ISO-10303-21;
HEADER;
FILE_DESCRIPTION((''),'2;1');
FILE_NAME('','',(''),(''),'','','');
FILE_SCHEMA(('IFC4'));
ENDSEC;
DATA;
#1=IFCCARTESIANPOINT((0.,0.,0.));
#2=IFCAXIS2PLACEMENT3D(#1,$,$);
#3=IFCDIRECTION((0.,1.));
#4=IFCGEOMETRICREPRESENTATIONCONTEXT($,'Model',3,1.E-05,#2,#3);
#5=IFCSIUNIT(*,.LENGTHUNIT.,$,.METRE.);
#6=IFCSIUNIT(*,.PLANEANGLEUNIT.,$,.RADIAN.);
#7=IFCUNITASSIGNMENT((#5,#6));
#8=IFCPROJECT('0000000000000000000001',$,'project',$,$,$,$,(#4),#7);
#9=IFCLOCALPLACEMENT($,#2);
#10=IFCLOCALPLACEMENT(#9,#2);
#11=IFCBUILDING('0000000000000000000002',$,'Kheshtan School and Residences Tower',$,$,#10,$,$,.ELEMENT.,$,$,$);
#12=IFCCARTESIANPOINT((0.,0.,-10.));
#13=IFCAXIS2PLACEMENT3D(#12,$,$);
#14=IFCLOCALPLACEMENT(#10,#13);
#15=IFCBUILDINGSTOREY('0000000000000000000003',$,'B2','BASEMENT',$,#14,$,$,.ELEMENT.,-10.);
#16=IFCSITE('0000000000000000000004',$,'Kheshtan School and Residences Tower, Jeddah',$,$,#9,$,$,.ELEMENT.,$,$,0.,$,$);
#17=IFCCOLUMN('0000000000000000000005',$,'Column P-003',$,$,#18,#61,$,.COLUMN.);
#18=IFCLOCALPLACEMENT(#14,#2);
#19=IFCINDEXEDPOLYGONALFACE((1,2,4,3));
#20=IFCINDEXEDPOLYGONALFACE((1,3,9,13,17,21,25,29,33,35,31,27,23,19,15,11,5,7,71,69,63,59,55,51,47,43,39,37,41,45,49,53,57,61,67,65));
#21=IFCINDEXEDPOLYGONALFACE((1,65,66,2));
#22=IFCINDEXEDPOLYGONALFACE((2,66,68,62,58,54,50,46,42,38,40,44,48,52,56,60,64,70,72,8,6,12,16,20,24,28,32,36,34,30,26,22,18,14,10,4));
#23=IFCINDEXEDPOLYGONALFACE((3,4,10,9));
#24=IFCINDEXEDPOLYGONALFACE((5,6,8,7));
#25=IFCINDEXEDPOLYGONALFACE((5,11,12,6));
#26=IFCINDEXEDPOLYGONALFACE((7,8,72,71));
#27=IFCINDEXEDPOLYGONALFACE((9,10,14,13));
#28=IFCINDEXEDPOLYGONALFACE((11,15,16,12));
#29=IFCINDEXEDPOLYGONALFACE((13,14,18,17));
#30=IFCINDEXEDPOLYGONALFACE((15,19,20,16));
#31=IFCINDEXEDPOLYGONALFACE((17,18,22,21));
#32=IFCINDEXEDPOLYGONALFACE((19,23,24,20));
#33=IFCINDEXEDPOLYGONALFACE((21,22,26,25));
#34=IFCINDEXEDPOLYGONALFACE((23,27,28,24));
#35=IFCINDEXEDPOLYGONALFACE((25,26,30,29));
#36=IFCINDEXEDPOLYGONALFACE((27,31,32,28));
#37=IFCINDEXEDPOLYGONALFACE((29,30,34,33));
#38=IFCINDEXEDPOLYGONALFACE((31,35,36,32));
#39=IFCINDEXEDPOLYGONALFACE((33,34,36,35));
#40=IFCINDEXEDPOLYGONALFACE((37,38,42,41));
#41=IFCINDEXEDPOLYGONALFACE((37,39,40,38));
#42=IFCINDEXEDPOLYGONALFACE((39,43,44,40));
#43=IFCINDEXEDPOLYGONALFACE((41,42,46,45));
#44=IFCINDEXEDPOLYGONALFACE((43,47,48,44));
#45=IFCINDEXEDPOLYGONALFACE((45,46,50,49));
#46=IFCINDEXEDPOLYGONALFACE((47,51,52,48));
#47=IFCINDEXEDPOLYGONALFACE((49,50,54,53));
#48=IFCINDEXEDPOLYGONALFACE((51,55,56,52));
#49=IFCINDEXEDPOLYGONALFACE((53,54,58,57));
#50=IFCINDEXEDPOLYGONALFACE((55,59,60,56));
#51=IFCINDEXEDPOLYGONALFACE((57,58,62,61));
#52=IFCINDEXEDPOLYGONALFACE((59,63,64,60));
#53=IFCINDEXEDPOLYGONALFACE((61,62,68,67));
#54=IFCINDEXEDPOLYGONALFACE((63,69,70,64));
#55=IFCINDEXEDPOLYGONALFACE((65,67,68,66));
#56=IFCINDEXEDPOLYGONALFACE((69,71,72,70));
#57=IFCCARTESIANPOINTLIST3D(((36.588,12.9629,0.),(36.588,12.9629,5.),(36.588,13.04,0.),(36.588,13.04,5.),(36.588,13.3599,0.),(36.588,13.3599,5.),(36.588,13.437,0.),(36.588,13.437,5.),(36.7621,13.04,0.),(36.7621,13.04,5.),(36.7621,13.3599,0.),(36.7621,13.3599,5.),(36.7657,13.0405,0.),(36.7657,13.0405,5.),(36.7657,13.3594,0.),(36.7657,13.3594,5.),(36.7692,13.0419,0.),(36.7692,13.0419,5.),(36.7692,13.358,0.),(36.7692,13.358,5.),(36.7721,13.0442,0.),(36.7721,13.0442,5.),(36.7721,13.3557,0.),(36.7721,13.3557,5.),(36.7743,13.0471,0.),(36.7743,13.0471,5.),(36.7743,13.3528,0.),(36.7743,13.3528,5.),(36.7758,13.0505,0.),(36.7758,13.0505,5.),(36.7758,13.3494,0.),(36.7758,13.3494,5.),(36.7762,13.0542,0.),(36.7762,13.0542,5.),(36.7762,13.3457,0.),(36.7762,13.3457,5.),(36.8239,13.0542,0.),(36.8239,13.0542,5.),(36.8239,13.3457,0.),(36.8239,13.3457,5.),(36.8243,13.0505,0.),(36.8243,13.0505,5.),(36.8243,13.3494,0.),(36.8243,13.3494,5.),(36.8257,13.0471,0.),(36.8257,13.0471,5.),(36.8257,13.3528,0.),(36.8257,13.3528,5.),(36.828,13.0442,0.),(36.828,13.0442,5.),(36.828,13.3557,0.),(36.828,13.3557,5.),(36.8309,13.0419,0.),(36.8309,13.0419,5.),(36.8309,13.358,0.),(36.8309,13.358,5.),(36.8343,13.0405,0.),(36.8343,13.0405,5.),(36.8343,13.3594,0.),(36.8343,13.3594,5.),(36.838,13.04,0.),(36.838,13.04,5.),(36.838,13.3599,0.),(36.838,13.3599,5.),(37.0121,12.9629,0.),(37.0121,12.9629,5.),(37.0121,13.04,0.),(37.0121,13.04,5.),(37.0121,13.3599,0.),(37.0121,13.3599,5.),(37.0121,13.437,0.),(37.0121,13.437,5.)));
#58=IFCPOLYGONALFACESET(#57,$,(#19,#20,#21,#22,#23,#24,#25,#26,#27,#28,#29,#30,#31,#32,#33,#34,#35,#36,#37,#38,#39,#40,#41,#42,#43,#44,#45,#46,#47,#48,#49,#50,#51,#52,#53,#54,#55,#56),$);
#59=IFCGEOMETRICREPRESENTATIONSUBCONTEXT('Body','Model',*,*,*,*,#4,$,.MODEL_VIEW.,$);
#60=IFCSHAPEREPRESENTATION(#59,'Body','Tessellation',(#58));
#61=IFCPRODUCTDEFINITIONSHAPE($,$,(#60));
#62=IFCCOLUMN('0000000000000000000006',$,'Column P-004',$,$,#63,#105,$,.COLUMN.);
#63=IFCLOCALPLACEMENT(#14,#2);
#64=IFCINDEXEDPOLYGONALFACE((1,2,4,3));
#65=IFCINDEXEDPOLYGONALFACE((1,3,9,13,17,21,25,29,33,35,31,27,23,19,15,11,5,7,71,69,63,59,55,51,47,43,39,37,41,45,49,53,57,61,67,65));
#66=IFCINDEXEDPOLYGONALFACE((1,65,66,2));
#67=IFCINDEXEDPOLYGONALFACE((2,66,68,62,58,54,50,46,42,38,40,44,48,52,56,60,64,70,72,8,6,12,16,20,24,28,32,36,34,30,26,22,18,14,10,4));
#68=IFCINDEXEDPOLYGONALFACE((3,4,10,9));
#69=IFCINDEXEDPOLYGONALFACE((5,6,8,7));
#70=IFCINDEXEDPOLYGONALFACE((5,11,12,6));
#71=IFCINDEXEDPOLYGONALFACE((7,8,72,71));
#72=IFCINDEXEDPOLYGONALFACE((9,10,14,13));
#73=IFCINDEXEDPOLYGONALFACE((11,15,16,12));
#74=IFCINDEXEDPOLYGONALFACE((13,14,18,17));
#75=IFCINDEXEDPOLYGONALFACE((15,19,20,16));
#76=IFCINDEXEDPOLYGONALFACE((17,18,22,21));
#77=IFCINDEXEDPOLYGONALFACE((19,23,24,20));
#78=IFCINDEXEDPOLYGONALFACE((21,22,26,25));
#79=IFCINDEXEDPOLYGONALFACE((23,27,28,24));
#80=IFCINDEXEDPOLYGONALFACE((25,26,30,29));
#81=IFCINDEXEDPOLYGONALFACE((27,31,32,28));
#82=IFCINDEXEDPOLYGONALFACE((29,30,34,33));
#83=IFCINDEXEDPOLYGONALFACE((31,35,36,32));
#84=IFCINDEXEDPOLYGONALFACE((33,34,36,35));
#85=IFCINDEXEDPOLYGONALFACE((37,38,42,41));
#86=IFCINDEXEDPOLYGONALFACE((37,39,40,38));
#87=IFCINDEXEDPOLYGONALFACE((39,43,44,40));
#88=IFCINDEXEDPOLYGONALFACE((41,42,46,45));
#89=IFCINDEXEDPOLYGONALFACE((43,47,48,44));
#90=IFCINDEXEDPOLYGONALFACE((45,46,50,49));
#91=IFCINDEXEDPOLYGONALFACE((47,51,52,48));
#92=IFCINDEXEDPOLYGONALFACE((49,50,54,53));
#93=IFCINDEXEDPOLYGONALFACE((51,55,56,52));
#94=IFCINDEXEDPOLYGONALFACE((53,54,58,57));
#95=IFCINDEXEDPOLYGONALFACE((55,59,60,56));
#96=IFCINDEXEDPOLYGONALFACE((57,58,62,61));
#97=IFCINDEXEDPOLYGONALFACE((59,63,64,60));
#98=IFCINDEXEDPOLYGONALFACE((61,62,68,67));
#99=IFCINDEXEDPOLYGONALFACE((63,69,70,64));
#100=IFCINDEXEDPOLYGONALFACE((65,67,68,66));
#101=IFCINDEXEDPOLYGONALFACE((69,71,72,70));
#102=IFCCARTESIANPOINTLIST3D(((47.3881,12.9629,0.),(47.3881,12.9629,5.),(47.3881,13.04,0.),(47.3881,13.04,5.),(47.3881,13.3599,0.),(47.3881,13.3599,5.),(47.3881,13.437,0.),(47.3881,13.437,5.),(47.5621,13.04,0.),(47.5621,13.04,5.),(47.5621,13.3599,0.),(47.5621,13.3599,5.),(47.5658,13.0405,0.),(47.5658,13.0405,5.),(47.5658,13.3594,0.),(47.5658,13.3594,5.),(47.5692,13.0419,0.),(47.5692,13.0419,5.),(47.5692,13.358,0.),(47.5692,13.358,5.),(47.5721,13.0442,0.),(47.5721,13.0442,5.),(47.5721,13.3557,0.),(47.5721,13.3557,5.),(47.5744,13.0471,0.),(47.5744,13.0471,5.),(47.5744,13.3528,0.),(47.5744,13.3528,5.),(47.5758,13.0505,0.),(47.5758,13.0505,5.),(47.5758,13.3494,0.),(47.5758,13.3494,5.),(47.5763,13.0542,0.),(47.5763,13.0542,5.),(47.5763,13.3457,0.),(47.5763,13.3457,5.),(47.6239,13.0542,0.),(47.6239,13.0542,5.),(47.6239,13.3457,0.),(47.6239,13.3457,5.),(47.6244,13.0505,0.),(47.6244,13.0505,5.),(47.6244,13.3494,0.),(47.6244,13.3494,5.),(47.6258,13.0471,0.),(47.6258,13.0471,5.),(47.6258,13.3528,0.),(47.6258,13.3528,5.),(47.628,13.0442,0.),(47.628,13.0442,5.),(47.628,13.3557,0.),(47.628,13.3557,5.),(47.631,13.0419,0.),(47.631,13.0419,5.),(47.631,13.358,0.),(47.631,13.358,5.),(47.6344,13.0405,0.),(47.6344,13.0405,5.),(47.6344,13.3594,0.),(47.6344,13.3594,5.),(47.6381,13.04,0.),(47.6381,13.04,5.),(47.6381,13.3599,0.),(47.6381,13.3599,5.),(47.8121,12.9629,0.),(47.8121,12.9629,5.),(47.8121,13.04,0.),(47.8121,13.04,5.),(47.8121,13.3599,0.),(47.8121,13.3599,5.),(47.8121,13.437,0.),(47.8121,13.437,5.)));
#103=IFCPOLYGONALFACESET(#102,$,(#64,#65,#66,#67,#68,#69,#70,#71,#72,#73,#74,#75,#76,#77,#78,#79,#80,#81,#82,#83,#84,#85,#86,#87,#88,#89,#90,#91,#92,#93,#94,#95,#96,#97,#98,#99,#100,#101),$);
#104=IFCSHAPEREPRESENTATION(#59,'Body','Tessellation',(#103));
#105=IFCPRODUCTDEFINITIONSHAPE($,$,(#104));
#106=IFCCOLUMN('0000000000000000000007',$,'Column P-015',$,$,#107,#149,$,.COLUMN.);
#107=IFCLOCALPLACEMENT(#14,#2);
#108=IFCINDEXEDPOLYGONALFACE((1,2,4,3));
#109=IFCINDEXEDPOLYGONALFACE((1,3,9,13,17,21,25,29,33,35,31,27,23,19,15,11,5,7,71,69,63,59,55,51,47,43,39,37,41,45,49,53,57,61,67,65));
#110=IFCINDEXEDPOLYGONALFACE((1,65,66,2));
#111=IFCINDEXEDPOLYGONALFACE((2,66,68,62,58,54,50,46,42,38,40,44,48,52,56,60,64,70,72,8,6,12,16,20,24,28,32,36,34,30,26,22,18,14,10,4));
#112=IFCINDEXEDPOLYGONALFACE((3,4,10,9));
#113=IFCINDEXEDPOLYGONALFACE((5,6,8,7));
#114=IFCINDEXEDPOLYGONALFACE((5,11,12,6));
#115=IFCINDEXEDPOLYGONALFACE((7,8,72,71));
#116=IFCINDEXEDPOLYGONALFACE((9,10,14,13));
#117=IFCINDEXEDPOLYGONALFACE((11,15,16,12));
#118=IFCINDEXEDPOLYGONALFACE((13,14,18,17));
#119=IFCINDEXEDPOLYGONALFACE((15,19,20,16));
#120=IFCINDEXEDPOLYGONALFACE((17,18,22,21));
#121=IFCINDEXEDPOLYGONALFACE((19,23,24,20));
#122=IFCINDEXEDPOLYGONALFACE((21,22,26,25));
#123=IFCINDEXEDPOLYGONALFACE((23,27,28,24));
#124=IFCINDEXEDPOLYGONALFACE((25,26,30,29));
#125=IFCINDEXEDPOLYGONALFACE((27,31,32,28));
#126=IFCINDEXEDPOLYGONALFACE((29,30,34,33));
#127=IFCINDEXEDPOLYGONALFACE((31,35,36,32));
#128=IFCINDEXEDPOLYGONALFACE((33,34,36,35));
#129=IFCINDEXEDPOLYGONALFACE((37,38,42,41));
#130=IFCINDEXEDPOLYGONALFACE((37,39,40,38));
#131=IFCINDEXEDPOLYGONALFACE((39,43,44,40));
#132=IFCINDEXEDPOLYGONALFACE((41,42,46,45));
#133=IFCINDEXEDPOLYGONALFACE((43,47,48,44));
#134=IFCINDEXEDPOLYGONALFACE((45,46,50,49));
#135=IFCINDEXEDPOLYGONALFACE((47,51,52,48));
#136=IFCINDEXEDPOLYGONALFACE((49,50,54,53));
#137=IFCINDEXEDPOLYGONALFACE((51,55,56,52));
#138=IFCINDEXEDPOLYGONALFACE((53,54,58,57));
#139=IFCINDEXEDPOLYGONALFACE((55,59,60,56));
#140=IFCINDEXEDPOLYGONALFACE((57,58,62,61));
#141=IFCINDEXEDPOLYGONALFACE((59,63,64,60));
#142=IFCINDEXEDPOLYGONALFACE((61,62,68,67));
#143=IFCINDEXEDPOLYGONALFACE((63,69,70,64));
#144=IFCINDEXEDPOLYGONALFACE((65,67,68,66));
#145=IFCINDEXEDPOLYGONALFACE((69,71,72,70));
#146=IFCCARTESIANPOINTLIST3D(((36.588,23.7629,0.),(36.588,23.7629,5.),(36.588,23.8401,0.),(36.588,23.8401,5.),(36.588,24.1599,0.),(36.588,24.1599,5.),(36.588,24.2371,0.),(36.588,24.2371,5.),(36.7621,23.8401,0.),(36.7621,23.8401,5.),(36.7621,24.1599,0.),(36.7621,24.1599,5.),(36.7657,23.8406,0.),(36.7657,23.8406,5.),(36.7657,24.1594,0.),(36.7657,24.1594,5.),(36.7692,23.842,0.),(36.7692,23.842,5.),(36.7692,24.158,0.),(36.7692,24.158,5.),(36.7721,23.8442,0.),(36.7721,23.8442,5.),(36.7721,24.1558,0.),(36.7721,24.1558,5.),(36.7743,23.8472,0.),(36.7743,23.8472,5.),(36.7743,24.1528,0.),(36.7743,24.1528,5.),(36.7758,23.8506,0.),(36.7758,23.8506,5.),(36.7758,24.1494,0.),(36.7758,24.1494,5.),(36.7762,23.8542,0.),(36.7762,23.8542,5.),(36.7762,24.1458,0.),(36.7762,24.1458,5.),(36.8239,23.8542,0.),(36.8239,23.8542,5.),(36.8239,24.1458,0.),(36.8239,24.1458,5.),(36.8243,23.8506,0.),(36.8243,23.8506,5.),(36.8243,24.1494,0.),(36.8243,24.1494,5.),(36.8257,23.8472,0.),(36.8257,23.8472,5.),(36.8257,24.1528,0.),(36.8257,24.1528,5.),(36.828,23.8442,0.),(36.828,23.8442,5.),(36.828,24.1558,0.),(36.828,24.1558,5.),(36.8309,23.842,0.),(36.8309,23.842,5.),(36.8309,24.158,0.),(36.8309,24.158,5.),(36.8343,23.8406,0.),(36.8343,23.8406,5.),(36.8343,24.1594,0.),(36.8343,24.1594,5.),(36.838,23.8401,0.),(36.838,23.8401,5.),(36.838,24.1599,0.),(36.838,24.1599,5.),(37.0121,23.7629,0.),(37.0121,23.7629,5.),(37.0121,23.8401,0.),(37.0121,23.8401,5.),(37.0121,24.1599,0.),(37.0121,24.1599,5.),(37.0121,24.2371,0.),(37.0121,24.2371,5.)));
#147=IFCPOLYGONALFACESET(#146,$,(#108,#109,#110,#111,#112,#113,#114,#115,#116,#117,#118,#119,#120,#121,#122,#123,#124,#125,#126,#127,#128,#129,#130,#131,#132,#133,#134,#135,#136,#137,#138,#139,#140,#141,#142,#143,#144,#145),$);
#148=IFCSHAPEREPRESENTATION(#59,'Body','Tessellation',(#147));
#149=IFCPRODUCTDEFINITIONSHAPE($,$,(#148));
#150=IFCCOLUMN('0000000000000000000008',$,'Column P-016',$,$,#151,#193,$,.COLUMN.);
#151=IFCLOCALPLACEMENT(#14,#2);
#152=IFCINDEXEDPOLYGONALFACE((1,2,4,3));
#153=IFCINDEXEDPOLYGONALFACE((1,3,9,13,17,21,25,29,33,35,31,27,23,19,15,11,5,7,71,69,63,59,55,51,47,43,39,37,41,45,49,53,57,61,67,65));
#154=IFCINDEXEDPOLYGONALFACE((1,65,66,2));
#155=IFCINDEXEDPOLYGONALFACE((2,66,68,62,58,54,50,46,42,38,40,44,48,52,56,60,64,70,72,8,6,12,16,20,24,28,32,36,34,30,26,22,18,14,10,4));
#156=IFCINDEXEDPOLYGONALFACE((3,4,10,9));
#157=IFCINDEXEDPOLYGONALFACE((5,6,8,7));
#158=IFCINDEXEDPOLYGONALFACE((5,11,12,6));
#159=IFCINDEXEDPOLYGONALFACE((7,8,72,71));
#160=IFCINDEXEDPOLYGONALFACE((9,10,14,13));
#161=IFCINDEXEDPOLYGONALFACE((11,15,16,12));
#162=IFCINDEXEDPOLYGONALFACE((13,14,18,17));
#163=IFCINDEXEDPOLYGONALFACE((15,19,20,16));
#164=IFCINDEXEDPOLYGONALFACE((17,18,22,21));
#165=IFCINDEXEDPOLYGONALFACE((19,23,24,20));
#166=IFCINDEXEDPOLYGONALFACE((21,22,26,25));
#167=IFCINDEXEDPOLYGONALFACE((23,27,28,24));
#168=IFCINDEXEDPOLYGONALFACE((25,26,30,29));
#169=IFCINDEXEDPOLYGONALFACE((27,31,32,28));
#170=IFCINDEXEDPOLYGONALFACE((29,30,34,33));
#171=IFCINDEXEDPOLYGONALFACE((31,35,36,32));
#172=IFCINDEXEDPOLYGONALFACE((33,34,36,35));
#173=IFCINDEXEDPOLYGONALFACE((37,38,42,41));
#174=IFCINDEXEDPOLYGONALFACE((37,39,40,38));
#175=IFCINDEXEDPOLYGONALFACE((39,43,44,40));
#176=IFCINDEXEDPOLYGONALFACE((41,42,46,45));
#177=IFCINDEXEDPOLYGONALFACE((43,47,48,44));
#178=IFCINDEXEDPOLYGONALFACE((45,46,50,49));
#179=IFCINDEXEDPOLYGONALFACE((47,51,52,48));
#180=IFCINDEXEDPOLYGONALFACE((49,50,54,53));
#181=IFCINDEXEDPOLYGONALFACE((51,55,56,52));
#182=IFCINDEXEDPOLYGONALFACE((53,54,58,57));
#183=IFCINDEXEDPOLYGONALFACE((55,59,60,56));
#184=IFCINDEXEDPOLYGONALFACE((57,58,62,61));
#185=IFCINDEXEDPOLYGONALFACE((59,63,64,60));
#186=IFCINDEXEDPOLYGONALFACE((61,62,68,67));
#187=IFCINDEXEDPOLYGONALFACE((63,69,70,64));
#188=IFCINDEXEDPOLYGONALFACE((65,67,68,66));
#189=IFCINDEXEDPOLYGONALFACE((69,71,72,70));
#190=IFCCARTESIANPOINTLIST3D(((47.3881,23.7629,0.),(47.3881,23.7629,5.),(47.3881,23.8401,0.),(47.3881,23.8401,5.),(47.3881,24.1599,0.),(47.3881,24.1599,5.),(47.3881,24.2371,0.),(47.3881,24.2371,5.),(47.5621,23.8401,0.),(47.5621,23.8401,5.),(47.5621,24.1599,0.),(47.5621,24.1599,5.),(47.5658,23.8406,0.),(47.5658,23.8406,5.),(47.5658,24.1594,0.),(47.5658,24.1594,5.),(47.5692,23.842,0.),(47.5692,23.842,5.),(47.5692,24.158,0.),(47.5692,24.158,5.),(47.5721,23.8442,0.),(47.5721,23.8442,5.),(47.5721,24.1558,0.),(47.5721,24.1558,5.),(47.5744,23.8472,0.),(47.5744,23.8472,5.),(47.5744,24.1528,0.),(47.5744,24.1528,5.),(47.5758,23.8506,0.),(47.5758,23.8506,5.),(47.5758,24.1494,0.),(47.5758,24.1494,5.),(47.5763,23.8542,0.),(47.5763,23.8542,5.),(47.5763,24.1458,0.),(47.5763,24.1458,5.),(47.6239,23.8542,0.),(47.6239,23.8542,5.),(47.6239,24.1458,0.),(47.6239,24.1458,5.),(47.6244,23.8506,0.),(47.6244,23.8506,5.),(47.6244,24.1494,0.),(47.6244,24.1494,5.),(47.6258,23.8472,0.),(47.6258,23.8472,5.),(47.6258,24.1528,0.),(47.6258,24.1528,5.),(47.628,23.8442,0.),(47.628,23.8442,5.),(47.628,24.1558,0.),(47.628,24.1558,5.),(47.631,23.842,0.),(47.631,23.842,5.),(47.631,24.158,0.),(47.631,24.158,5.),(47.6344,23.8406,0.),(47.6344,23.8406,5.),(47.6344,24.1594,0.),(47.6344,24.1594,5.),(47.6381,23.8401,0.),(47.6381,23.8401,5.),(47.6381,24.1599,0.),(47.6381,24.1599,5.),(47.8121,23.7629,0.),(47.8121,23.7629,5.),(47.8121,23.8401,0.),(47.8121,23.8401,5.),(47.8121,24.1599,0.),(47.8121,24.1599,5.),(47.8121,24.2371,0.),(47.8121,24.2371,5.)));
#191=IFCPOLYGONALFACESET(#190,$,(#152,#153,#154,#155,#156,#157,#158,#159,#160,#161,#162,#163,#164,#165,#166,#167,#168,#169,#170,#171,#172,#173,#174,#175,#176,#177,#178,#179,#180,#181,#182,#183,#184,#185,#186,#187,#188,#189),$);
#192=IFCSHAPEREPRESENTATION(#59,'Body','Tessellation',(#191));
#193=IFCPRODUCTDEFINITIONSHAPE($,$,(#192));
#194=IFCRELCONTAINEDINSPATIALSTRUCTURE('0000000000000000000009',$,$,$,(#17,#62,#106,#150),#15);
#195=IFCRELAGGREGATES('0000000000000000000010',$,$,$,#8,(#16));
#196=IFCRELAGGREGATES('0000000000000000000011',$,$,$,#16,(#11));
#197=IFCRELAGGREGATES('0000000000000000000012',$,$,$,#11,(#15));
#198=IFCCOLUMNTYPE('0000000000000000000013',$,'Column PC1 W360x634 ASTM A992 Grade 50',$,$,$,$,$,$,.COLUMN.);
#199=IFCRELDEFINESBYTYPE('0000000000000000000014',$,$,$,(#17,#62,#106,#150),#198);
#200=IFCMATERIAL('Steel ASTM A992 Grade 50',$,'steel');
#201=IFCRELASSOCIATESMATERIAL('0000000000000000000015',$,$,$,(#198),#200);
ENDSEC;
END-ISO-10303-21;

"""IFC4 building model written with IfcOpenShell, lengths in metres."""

from ifc_helpers import new_model, si_unit, direction, frame, origin, origin_2d, place, context, subcontext, project, spatial, i_section, extrude, material, material_profile, profile_set, type_object, element, save


model = new_model("IFC4")

# Units and contexts
model_context = context("Model", 3, precision=1e-05, world=origin(), true_north=direction((0.0, 1.0)))
body_context = subcontext(model_context, "Body", "Model", "MODEL_VIEW")
ifc_project = project(units=[si_unit("LENGTHUNIT", "METRE"), si_unit("PLANEANGLEUNIT", "RADIAN")], contexts=[model_context])

# Site, building, storey
site_placement = place(None, origin())
site = spatial("IfcSite", under=ifc_project, at=site_placement, Name="Kheshtan School and Residences Tower, Jeddah", CompositionType="ELEMENT", RefElevation=0.0)
building_placement = place(site_placement, origin())
building = spatial("IfcBuilding", under=site, at=building_placement, Name="Kheshtan School and Residences Tower", CompositionType="ELEMENT")
storey_placement = place(building_placement, frame((0.0, 0.0, -10.0)))
storey = spatial("IfcBuildingStorey", under=building, at=storey_placement, Name="B2", Description="BASEMENT", CompositionType="ELEMENT", Elevation=-10.0)

# Columns
ifc_material_1 = material(Name="Steel ASTM A992 Grade 50", Category="steel")
ifc_material_profile_1 = material_profile(ifc_material_1, i_section(OverallWidth=0.4241, OverallDepth=0.4741, WebThickness=0.0476, FlangeThickness=0.0771, FilletRadius=0.0142, at=origin_2d()), Name="W360x634")
ifc_profile_set_1 = profile_set([ifc_material_profile_1], Name="Steel ASTM A992 Grade 50")
column_type = type_object("IfcColumnType", Name="Column PC1 W360x634 ASTM A992 Grade 50", PredefinedType="COLUMN", material=ifc_profile_set_1)
for number, where, z_axis, x_axis, name in (
    (1, (36.8, 13.2, 0.0), (0.0, 0.0, 1.0), (1.0, 0.0, 0.0), "Column P-003"),
    (2, (47.6001, 13.2, 0.0), (0.0, 0.0, 1.0), (1.0, 0.0, 0.0), "Column P-004"),
    (3, (36.8, 24.0, 0.0), (0.0, 0.0, 1.0), (1.0, 0.0, 0.0), "Column P-015"),
    (4, (47.6001, 24.0, 0.0), (0.0, 0.0, 1.0), (1.0, 0.0, 0.0), "Column P-016"),
):
    element("IfcColumn", number, at=place(storey_placement, frame(where, z_axis=z_axis, x_axis=x_axis)), inside=storey, type_object=column_type, Name=name, PredefinedType="COLUMN", context=body_context, shape_type="SweptSolid", body=[
        extrude(i_section(OverallWidth=0.4241, OverallDepth=0.4741, WebThickness=0.0476, FlangeThickness=0.0771, FilletRadius=0.0142, at=origin_2d()), origin(), (0.0, 0.0, 1.0), 5.0),
    ])

save(model, "model.ifc")
